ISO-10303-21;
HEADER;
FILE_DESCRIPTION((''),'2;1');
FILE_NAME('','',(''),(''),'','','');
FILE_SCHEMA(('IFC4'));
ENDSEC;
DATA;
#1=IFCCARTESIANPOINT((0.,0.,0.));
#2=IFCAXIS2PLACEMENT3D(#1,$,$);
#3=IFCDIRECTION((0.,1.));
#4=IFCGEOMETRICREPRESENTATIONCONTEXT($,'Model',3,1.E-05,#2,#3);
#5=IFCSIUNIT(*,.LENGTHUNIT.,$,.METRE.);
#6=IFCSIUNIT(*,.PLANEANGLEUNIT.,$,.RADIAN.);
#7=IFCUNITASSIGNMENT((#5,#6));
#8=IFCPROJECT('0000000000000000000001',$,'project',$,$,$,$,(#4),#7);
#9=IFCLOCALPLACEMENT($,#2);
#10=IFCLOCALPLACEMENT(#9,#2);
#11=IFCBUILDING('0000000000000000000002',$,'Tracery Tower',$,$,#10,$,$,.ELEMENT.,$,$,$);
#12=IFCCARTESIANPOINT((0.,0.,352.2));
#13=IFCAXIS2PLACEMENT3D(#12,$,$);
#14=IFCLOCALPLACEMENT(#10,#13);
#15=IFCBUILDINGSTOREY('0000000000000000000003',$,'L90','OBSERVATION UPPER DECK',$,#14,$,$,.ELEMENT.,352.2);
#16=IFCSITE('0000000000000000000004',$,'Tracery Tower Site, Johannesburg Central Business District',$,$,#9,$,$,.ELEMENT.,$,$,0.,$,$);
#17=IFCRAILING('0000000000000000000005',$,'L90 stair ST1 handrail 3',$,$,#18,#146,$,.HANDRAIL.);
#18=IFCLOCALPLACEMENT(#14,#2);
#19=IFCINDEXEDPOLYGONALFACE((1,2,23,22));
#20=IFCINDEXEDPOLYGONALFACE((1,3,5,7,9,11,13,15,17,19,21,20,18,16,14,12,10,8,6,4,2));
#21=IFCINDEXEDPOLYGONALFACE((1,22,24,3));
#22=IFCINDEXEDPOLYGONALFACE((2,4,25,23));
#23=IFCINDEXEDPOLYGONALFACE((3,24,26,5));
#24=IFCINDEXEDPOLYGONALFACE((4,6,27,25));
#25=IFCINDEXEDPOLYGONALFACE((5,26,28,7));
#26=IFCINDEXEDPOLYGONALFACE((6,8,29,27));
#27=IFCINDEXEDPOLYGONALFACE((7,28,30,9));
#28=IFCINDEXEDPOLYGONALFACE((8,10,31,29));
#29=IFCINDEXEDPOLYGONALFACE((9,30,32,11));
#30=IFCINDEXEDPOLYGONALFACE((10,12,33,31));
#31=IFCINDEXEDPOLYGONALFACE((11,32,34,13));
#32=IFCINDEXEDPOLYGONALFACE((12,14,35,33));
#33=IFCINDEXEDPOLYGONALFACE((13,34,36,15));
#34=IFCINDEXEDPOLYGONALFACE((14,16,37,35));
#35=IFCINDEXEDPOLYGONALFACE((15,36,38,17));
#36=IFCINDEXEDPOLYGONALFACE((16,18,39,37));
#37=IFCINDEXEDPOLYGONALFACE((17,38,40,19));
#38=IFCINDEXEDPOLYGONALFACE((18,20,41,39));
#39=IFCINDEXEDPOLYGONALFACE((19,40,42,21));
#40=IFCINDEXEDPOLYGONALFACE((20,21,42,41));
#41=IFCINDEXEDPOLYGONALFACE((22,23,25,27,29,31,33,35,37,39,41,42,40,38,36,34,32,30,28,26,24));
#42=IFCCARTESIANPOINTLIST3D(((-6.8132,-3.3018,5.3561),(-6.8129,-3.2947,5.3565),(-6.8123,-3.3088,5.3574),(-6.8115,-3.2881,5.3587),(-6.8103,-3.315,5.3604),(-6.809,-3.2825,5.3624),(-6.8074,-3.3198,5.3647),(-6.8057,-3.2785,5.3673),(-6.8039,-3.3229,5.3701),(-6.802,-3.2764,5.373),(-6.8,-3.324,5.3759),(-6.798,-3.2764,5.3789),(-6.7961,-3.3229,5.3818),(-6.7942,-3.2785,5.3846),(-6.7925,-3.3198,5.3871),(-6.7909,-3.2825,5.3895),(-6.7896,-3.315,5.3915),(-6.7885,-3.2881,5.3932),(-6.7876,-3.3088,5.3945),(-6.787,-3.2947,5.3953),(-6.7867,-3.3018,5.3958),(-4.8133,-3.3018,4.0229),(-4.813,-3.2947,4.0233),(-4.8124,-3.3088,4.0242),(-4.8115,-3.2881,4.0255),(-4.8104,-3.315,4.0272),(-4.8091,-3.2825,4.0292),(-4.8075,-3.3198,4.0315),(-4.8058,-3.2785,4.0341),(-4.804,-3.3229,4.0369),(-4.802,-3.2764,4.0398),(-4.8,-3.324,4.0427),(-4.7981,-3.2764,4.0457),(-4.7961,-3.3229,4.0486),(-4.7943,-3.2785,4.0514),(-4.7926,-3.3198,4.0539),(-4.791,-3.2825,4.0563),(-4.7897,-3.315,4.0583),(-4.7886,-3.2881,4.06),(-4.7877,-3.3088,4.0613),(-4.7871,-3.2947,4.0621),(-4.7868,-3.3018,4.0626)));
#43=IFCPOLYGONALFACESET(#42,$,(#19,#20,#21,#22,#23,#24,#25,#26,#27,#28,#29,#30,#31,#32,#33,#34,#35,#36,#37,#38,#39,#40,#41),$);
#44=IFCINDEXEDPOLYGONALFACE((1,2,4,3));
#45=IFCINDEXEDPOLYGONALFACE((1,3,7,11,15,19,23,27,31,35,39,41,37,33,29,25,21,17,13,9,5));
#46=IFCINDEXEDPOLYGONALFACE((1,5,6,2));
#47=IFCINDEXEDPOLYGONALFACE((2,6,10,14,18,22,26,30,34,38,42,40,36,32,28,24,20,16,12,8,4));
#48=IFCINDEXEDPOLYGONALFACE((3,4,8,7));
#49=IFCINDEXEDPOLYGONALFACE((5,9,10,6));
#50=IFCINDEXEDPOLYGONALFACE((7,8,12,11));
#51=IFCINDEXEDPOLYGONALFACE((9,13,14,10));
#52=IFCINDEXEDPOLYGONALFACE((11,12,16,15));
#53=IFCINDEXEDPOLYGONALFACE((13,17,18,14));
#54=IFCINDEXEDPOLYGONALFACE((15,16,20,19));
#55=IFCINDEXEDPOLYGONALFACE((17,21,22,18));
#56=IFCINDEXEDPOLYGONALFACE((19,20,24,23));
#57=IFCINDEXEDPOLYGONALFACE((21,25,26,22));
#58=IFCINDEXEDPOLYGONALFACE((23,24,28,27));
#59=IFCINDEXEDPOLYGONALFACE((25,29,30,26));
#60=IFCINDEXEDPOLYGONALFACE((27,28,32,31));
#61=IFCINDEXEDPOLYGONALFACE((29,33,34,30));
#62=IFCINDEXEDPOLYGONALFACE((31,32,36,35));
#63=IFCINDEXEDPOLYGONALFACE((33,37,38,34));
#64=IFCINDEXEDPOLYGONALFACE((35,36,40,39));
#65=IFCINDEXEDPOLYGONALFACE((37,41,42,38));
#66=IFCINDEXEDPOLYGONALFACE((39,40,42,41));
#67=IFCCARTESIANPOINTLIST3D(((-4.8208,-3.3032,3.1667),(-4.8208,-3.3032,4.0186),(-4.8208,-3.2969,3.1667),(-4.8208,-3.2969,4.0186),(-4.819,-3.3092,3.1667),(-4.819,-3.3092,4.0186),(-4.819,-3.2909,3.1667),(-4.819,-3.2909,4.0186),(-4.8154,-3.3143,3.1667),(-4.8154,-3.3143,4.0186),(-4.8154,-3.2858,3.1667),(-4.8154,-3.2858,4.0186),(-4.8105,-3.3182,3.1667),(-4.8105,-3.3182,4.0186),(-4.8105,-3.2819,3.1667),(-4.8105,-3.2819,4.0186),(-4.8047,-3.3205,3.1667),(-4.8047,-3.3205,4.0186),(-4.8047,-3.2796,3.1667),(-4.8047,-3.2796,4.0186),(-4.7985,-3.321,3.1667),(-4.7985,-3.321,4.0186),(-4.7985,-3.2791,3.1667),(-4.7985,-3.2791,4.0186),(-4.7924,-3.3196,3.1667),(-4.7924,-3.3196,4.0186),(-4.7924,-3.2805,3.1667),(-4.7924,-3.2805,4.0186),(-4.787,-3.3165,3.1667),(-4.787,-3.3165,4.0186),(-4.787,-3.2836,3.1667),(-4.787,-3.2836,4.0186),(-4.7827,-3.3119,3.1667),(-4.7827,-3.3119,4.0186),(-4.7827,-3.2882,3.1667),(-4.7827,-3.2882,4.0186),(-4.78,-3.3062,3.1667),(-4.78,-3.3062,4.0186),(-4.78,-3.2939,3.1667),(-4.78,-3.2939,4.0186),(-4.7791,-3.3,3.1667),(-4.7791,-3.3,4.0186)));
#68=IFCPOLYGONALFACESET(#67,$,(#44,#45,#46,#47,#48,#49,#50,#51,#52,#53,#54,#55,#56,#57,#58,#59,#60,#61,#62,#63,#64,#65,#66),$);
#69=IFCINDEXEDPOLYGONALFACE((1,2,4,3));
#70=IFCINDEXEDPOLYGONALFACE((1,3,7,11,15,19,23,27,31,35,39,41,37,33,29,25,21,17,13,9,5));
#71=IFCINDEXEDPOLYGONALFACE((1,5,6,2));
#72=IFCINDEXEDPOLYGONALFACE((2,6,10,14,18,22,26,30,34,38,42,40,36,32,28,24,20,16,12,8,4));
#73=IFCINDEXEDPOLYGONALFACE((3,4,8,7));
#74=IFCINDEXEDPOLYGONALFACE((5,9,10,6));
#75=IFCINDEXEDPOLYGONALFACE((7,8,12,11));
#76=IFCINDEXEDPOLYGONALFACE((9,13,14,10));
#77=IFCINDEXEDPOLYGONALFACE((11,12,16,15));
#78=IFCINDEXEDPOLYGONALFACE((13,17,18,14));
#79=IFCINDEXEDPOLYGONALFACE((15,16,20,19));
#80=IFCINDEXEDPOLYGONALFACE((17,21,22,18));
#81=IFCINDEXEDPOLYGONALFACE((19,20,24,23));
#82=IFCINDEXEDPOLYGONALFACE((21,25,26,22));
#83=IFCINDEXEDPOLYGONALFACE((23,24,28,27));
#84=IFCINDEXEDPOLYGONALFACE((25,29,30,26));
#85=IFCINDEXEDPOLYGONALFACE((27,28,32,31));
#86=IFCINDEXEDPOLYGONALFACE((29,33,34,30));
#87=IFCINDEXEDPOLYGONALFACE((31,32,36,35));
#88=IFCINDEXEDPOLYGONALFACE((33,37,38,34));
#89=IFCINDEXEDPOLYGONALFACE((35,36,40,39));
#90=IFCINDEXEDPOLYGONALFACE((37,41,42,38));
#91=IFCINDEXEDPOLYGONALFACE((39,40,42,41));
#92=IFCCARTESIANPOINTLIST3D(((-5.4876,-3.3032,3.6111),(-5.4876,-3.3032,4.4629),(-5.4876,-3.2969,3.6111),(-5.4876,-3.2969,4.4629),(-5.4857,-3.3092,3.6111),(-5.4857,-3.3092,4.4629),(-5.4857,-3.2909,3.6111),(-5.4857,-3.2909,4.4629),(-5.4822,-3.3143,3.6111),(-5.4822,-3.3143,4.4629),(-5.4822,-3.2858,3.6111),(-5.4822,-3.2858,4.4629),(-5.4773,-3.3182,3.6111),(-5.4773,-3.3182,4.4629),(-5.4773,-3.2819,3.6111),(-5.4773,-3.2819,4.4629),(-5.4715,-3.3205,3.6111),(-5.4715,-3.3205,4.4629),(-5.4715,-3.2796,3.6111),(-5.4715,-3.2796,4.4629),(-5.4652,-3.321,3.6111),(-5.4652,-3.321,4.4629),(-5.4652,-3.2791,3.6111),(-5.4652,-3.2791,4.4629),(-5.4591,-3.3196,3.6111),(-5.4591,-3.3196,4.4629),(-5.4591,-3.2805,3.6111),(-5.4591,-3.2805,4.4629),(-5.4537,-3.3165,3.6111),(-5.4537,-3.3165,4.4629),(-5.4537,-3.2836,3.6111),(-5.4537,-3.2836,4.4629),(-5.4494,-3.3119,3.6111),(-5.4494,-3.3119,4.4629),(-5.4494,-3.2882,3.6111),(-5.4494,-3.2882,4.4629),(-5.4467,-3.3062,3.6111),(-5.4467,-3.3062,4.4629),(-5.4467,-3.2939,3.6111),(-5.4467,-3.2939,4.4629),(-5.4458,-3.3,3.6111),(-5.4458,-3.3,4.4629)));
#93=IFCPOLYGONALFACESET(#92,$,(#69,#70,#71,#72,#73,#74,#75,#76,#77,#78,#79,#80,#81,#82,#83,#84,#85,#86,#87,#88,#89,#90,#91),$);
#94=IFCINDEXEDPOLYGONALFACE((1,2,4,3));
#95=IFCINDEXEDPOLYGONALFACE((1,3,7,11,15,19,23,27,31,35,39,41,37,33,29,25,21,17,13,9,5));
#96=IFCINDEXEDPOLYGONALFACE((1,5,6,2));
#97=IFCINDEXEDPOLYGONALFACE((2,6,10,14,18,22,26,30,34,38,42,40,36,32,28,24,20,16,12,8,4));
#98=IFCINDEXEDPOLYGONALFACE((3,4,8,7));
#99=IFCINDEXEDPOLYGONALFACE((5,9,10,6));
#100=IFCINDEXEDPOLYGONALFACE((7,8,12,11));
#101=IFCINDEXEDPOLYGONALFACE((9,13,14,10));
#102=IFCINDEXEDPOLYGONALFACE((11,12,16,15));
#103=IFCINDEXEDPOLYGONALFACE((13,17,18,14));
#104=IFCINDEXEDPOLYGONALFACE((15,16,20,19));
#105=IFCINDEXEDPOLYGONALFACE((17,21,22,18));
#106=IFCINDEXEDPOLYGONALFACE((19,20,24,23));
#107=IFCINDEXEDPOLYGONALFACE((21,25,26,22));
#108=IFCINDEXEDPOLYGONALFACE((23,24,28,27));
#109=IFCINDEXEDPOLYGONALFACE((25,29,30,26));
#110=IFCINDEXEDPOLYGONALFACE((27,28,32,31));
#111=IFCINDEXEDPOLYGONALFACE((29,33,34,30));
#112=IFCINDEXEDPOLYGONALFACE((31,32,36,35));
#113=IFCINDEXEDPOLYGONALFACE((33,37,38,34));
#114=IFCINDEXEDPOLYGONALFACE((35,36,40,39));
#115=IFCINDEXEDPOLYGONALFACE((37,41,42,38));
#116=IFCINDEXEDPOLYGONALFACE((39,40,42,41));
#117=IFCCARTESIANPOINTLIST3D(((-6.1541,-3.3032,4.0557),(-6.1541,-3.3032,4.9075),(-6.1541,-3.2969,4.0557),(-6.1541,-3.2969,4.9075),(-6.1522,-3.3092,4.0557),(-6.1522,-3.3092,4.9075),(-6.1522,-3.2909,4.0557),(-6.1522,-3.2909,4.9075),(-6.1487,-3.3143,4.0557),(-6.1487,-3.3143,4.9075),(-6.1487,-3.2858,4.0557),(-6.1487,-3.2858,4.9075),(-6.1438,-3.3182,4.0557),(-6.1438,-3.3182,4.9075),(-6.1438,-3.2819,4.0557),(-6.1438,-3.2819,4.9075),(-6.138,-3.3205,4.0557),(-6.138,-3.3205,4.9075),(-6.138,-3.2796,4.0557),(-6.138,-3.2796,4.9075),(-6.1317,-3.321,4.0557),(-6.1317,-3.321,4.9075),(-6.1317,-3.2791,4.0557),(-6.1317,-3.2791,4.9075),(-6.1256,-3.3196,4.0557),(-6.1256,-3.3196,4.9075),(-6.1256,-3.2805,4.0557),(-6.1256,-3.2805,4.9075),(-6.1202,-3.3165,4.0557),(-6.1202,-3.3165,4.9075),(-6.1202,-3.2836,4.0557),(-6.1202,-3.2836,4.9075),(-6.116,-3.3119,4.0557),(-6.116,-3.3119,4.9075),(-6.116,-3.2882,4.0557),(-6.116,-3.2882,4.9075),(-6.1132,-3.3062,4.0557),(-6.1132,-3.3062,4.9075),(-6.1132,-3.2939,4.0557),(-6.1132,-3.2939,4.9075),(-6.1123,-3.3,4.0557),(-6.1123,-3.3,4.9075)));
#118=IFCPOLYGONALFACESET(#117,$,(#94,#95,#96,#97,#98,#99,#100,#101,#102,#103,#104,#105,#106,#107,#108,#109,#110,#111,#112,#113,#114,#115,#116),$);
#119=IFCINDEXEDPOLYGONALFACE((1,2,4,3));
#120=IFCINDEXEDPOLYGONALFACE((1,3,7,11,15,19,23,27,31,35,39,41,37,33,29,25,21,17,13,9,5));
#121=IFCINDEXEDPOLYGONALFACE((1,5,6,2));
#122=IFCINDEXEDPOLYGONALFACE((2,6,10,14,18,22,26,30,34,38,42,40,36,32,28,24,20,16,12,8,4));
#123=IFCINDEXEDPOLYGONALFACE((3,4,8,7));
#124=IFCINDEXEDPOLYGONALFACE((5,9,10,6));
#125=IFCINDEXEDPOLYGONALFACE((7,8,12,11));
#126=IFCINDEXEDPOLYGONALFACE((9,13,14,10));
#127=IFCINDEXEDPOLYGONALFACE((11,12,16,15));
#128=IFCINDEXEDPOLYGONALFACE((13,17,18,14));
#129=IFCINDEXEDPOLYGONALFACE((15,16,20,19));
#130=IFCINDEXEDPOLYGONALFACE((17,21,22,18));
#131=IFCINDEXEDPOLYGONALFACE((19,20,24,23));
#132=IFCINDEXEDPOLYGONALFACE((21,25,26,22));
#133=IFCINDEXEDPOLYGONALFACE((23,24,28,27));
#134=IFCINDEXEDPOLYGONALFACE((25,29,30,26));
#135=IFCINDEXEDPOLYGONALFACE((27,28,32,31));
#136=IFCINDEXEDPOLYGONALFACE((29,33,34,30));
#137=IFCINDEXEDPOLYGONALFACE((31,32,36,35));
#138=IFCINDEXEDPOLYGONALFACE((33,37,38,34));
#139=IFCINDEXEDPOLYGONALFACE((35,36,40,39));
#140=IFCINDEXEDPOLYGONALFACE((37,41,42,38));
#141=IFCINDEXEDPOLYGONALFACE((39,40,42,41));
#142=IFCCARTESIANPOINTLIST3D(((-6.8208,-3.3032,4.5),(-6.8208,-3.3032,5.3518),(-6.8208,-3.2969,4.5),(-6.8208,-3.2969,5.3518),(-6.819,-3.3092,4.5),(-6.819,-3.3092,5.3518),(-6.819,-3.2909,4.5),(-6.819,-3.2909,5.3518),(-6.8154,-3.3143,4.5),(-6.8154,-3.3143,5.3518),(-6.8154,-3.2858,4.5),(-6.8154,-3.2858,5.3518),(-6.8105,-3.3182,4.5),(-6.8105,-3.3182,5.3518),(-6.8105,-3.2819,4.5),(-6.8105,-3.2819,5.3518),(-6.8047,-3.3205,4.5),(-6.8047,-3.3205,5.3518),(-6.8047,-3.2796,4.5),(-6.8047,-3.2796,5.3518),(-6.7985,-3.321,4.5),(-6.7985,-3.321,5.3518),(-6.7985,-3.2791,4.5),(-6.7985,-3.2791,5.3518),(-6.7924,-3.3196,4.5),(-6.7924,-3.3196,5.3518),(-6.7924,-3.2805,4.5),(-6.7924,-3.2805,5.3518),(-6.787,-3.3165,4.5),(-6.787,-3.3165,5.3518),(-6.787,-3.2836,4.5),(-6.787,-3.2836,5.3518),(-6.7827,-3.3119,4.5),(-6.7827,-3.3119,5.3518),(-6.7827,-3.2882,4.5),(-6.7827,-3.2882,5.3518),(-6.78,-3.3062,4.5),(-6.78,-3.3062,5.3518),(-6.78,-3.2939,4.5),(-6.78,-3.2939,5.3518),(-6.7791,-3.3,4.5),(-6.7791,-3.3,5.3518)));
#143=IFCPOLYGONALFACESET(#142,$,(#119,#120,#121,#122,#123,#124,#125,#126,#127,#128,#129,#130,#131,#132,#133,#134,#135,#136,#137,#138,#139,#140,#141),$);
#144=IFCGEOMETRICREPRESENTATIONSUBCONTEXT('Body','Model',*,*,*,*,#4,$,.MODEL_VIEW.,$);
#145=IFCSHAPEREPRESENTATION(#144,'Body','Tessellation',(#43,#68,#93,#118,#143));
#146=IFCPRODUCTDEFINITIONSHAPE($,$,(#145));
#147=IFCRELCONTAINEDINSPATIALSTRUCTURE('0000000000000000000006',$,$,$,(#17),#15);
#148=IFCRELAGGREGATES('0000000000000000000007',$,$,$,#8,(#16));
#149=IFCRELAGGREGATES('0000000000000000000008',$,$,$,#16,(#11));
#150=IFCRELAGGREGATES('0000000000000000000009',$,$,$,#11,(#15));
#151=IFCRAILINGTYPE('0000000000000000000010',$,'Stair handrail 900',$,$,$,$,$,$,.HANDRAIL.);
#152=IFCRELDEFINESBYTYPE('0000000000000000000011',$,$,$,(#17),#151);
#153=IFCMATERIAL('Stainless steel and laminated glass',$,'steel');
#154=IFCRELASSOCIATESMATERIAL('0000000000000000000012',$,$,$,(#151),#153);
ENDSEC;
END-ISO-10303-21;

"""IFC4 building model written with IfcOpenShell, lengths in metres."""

from ifc_helpers import new_model, si_unit, direction, frame, origin, origin_2d, place, context, subcontext, project, spatial, circle, extrude, material, type_object, element, save


model = new_model("IFC4")

# Units and contexts
model_context = context("Model", 3, precision=1e-05, world=origin(), true_north=direction((0.0, 1.0)))
body_context = subcontext(model_context, "Body", "Model", "MODEL_VIEW")
ifc_project = project(units=[si_unit("LENGTHUNIT", "METRE"), si_unit("PLANEANGLEUNIT", "RADIAN")], contexts=[model_context])

# Site, building, storey
site_placement = place(None, origin())
site = spatial("IfcSite", under=ifc_project, at=site_placement, Name="Tracery Tower Site, Johannesburg Central Business District", CompositionType="ELEMENT", RefElevation=0.0)
building_placement = place(site_placement, origin())
building = spatial("IfcBuilding", under=site, at=building_placement, Name="Tracery Tower", CompositionType="ELEMENT")
storey_placement = place(building_placement, frame((0.0, 0.0, 352.2)))
storey = spatial("IfcBuildingStorey", under=building, at=storey_placement, Name="L90", Description="OBSERVATION UPPER DECK", CompositionType="ELEMENT", Elevation=352.2)

# Railing
ifc_material_1 = material(Name="Stainless steel and laminated glass", Category="steel")
railing_type_1 = type_object("IfcRailingType", Name="Stair handrail 900", PredefinedType="HANDRAIL", material=ifc_material_1)
for number, where, name in (
    (1, (-4.8, -3.3, 3.1667), "L90 stair ST1 handrail 3"),
):
    element("IfcRailing", number, at=place(storey_placement, frame(where)), inside=storey, type_object=railing_type_1, Name=name, PredefinedType="HANDRAIL", context=body_context, shape_type="SweptSolid", body=[
        extrude(circle(Radius=0.0239, at=origin_2d()), frame((0.0, 0.0, 0.876), z_axis=(-0.832066, 0.0, 0.554677), x_axis=(0.0, -1.0, 0.0)), (0.0, 0.0, 1.0), 2.4036),
        extrude(circle(Radius=0.021, at=origin_2d()), origin(), (0.0, 0.0, 1.0), 0.8518),
        extrude(circle(Radius=0.021, at=origin_2d()), frame((-0.6667, 0.0, 0.4443)), (0.0, 0.0, 1.0), 0.8518),
        extrude(circle(Radius=0.021, at=origin_2d()), frame((-1.3333, 0.0, 0.8889)), (0.0, 0.0, 1.0), 0.8518),
        extrude(circle(Radius=0.021, at=origin_2d()), frame((-2.0, 0.0, 1.3333)), (0.0, 0.0, 1.0), 0.8518),
    ])

save(model, "model.ifc")
